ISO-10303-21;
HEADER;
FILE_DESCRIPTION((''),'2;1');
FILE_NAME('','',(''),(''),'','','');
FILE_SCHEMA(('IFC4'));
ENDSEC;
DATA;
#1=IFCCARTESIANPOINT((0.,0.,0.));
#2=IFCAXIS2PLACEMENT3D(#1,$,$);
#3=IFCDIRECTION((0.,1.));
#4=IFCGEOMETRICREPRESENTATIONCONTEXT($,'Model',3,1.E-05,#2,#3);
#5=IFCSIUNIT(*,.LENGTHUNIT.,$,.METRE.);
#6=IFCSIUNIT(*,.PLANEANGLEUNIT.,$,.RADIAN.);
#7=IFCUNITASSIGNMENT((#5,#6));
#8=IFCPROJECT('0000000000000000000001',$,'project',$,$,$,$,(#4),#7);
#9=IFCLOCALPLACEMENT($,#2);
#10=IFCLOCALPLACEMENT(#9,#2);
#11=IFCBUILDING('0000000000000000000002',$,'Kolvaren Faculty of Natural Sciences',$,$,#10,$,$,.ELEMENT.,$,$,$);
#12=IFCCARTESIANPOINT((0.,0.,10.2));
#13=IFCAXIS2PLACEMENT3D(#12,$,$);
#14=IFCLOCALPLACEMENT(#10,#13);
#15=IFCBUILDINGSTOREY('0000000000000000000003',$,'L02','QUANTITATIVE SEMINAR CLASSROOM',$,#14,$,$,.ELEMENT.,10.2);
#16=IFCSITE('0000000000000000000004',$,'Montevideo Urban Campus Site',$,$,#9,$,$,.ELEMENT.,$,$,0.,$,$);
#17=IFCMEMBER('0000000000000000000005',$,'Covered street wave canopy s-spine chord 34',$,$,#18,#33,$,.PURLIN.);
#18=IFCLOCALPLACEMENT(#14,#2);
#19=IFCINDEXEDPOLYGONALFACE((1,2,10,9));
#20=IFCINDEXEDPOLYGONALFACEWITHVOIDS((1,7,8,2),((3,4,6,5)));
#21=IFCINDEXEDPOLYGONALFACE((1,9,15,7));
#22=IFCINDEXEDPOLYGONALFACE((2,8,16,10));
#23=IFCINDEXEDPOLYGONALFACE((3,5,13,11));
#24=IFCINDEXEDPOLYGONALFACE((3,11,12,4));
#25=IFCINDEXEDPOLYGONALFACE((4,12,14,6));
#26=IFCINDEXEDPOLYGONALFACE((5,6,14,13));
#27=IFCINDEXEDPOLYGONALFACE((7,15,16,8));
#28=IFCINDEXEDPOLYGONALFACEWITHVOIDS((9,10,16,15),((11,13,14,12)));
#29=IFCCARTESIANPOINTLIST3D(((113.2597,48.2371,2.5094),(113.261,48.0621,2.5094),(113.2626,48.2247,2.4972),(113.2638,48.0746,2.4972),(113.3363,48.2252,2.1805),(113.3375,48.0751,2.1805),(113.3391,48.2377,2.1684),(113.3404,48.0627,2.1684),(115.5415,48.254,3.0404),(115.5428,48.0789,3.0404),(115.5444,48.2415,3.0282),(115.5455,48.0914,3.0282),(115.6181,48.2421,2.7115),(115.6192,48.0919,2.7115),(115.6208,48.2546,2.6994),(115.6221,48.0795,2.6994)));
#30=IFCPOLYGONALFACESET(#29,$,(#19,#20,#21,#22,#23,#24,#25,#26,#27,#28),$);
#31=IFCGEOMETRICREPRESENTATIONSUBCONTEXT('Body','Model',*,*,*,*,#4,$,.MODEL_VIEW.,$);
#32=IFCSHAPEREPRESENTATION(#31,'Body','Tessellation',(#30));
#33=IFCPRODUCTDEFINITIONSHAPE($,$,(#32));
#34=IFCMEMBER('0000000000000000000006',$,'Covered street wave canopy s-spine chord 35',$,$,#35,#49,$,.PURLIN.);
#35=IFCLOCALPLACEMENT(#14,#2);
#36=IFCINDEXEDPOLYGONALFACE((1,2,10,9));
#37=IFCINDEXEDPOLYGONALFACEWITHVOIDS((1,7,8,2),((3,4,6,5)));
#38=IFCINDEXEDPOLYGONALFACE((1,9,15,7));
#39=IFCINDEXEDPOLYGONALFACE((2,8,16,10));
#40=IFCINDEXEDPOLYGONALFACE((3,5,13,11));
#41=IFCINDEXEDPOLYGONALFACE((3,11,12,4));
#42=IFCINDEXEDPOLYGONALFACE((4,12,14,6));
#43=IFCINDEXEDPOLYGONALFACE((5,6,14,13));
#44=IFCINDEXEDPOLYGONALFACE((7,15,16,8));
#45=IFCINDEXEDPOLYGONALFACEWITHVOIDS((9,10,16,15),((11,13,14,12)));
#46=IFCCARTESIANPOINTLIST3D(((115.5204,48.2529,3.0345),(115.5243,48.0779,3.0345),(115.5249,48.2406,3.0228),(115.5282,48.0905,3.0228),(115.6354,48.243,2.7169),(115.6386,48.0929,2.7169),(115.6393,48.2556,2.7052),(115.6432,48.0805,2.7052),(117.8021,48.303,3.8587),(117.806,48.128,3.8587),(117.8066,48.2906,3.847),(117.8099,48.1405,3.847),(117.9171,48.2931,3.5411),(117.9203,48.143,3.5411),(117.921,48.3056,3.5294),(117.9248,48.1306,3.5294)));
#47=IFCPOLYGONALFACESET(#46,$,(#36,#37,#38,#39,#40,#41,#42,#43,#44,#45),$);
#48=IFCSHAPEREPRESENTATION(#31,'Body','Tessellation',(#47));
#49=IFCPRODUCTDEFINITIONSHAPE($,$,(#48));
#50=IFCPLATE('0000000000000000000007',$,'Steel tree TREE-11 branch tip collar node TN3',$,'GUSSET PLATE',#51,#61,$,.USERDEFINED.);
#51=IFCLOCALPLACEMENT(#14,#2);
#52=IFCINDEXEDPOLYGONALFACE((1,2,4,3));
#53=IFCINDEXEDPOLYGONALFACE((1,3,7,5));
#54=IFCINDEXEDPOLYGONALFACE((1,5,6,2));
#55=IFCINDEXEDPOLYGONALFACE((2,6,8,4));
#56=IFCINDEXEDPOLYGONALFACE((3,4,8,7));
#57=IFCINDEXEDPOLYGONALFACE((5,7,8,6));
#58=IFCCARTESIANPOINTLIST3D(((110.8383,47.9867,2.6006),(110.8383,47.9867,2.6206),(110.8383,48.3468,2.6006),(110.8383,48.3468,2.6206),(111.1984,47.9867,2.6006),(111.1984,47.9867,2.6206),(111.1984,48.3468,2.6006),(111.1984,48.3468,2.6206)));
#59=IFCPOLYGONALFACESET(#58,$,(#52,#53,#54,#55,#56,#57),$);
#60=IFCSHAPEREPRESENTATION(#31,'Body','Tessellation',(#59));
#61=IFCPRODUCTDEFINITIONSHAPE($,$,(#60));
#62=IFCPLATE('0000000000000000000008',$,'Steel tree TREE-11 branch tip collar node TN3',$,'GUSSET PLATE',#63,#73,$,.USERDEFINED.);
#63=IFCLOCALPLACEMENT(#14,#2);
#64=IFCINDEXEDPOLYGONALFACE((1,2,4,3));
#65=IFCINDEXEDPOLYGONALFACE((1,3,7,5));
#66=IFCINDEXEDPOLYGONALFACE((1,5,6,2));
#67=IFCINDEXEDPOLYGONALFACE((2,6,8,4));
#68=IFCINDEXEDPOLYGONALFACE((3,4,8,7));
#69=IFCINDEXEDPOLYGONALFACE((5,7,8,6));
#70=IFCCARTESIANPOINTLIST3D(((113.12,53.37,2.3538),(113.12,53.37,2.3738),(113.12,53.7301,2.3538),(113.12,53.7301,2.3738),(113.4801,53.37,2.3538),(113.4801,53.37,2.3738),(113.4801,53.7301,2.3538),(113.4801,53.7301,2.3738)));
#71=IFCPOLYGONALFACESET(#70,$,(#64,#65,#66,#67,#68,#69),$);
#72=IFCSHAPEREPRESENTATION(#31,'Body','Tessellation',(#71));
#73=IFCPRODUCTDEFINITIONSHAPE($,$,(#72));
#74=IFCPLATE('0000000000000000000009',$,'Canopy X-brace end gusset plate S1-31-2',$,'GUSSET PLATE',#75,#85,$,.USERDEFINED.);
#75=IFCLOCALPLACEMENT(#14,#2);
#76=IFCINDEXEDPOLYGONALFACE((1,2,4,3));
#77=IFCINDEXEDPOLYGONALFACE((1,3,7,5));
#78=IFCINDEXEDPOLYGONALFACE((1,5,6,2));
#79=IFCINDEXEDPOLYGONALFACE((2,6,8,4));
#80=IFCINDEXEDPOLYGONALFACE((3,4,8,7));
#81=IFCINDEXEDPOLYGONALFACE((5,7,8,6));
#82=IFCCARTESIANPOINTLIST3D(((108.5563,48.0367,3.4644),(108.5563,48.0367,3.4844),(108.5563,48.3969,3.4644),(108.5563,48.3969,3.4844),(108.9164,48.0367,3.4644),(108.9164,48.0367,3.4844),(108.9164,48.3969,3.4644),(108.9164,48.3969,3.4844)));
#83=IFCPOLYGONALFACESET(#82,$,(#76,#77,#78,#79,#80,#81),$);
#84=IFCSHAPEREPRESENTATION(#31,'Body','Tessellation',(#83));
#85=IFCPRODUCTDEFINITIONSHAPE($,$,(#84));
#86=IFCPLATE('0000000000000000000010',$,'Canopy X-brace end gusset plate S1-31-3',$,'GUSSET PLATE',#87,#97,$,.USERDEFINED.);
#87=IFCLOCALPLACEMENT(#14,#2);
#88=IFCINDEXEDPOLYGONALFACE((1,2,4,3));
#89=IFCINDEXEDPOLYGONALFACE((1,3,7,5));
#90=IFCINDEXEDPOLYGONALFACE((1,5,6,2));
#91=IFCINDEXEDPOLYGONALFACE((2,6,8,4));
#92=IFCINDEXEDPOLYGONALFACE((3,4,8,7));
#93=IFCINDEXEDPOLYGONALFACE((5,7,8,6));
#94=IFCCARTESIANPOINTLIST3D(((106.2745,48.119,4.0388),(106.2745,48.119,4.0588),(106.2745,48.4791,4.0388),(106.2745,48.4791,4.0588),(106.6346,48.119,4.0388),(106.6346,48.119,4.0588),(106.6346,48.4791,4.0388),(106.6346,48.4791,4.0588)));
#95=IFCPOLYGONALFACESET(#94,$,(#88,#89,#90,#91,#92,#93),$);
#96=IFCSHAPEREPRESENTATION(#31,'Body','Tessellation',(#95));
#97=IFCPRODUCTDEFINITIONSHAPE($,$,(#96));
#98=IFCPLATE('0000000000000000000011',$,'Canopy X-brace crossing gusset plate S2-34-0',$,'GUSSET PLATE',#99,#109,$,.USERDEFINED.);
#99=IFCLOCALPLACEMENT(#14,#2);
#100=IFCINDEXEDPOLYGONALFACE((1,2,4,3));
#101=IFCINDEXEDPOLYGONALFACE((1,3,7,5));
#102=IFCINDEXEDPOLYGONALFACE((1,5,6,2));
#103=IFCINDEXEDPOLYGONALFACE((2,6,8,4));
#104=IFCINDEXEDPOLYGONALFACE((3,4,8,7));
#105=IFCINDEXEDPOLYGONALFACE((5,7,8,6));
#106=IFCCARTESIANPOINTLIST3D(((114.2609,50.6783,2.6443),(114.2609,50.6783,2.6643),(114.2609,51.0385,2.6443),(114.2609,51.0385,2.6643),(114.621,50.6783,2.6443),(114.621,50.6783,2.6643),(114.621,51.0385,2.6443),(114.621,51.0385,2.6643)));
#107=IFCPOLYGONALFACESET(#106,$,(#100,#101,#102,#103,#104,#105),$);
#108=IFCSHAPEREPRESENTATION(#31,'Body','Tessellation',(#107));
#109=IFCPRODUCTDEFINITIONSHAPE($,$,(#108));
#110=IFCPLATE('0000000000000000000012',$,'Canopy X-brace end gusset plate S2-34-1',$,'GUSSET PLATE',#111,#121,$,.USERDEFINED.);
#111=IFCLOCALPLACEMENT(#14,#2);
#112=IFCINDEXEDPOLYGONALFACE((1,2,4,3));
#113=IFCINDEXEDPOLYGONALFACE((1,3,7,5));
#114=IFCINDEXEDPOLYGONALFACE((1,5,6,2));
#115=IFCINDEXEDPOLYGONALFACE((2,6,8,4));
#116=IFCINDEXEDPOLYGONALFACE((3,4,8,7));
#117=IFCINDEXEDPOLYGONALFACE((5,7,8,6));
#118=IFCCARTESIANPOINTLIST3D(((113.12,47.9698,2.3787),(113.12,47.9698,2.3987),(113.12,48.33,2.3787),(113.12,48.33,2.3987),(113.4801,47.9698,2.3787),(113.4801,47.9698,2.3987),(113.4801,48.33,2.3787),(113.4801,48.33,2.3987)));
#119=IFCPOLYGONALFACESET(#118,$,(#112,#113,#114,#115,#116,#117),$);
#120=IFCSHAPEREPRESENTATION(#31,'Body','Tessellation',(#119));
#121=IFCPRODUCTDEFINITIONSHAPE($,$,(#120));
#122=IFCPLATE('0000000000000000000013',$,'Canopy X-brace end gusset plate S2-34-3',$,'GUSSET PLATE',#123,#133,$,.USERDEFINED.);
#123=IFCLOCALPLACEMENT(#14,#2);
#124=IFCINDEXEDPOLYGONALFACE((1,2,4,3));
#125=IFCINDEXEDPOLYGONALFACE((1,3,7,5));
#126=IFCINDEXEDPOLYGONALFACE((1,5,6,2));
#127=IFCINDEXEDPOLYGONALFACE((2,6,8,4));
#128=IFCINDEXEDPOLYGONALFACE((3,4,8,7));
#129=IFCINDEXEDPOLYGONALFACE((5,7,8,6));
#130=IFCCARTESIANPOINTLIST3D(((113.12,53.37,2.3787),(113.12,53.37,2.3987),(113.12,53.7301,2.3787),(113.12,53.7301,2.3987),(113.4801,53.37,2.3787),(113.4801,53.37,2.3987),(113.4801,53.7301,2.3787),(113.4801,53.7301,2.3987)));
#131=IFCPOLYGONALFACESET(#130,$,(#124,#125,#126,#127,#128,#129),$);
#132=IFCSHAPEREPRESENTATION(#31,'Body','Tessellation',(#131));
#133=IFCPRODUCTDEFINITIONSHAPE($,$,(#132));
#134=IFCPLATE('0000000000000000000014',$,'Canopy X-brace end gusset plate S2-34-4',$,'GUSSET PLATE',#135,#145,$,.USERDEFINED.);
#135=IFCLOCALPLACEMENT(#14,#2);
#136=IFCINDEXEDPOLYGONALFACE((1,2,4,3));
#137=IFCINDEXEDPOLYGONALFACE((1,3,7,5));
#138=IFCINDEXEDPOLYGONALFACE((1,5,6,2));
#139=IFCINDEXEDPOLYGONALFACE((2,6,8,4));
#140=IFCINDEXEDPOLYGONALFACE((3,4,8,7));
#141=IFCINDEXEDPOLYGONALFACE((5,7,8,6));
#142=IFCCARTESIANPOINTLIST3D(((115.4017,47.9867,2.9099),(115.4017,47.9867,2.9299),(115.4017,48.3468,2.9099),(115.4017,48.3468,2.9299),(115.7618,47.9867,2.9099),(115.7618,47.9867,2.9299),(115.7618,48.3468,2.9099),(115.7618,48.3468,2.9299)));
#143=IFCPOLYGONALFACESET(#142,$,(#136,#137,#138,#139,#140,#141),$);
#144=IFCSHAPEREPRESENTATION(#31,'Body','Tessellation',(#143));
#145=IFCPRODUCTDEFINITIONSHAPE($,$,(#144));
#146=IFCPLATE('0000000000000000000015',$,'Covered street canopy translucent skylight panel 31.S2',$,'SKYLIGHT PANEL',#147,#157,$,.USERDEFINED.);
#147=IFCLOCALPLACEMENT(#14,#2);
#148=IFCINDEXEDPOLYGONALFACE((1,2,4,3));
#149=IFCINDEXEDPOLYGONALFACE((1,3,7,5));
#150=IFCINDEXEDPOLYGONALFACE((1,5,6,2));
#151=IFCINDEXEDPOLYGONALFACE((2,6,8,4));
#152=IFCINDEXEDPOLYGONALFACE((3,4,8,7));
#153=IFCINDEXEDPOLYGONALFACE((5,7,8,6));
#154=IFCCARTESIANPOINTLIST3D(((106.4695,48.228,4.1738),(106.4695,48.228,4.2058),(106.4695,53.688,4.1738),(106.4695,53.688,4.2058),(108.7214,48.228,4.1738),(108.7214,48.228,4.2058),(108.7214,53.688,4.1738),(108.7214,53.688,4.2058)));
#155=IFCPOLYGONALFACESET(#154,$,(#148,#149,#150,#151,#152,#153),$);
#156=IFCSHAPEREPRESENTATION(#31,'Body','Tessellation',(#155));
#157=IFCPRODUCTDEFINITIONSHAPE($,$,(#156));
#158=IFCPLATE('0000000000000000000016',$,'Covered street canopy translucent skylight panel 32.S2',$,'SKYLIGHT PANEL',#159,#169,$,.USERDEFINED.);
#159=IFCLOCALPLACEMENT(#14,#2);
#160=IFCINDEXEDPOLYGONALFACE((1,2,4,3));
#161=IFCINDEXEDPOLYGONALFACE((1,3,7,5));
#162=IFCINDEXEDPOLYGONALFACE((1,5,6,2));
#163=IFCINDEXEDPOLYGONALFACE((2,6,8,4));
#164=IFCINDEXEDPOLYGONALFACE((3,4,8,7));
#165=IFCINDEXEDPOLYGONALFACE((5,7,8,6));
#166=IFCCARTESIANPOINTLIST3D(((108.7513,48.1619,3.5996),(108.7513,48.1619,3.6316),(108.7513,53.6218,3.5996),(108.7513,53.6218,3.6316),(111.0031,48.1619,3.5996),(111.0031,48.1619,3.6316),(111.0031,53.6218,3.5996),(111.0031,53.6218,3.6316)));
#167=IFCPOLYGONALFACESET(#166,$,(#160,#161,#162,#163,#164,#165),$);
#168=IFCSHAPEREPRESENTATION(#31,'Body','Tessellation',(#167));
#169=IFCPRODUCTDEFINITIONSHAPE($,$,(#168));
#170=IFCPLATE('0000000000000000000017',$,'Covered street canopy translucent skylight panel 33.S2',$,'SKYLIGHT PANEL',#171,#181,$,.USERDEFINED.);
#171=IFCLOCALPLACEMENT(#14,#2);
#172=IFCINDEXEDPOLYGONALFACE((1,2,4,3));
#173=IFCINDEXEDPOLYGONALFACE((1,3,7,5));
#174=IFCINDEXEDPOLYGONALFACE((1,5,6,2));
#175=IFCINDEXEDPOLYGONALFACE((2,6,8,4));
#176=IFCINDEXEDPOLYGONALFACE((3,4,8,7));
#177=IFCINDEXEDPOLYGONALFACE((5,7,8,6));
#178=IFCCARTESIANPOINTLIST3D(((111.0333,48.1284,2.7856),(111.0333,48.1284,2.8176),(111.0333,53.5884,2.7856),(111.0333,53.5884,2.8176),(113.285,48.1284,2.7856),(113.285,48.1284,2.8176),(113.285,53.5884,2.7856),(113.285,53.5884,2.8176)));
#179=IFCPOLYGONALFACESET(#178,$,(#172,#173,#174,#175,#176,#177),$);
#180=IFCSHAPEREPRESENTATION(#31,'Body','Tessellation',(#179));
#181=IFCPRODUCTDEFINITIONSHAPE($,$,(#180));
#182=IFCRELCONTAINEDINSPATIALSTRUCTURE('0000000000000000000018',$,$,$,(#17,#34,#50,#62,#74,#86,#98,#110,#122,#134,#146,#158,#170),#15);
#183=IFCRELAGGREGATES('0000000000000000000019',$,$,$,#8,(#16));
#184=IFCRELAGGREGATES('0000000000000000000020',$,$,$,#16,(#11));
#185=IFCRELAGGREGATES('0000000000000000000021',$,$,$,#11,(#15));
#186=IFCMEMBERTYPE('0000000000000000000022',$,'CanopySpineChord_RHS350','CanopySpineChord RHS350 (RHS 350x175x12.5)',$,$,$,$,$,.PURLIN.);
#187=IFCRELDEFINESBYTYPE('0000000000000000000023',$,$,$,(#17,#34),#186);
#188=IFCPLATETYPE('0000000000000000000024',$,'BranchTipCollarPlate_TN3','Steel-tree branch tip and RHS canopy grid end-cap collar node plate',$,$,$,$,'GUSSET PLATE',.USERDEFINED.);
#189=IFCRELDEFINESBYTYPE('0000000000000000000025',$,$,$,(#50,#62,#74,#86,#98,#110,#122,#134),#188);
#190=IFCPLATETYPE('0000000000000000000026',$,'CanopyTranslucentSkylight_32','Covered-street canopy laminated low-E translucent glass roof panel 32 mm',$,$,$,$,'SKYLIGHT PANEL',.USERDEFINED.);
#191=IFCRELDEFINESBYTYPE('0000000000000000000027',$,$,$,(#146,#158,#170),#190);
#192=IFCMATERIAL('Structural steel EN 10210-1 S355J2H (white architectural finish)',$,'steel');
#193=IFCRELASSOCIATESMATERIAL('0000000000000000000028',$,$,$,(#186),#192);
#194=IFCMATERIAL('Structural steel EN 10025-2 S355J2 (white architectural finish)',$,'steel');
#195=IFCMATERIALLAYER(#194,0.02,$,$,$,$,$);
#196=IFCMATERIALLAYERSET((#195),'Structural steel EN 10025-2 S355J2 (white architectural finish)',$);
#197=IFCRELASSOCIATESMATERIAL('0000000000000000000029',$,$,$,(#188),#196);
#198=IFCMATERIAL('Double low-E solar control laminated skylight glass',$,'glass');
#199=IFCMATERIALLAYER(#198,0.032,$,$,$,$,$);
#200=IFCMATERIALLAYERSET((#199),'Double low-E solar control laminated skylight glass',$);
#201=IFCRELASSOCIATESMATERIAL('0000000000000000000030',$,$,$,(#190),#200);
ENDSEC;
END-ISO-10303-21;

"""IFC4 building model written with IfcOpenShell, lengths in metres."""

from ifc_helpers import new_model, si_unit, direction, frame, origin, origin_2d, place, context, subcontext, project, spatial, rectangle, hollow_rectangle, extrude, material, layer, layer_set, material_profile, profile_set, type_object, element, save


model = new_model("IFC4")

# Units and contexts
model_context = context("Model", 3, precision=1e-05, world=origin(), true_north=direction((0.0, 1.0)))
body_context = subcontext(model_context, "Body", "Model", "MODEL_VIEW")
ifc_project = project(units=[si_unit("LENGTHUNIT", "METRE"), si_unit("PLANEANGLEUNIT", "RADIAN")], contexts=[model_context])

# Site, building, storey
site_placement = place(None, origin())
site = spatial("IfcSite", under=ifc_project, at=site_placement, Name="Montevideo Urban Campus Site", CompositionType="ELEMENT", RefElevation=0.0)
building_placement = place(site_placement, origin())
building = spatial("IfcBuilding", under=site, at=building_placement, Name="Kolvaren Faculty of Natural Sciences", CompositionType="ELEMENT")
storey_placement = place(building_placement, frame((0.0, 0.0, 10.2)))
storey = spatial("IfcBuildingStorey", under=building, at=storey_placement, Name="L02", Description="QUANTITATIVE SEMINAR CLASSROOM", CompositionType="ELEMENT", Elevation=10.2)

# Members
ifc_material_1 = material(Name="Structural steel EN 10210-1 S355J2H (white architectural finish)", Category="steel")
ifc_material_profile_1 = material_profile(ifc_material_1, hollow_rectangle(XDim=0.175, YDim=0.3501, WallThickness=0.0125, at=origin_2d()), Name="RHS 350x175x12.5")
ifc_profile_set_1 = profile_set([ifc_material_profile_1], Name="Structural steel EN 10210-1 S355J2H (white architectural finish)")
member_type_1 = type_object("IfcMemberType", Name="CanopySpineChord_RHS350", Description="CanopySpineChord RHS350 (RHS 350x175x12.5)", PredefinedType="PURLIN", material=ifc_profile_set_1)
member_1_placement = place(storey_placement, frame((113.3, 48.1499, 2.3389), z_axis=(0.973948, 0.007191, 0.226657), x_axis=(-0.007383, 0.999973, 0.0)))
element("IfcMember", 1, at=member_1_placement, inside=storey, type_object=member_type_1, Name="Covered street wave canopy s-spine chord 34", PredefinedType="PURLIN", context=body_context, shape_type="SweptSolid", body=[
    extrude(hollow_rectangle(XDim=0.175, YDim=0.3501, WallThickness=0.0125, at=origin_2d()), origin(), (0.0, 0.0, 1.0), 2.3428),
])
member_2_placement = place(storey_placement, frame((115.5818, 48.1667, 2.8699), z_axis=(0.94032, 0.020625, 0.339666), x_axis=(-0.021929, 0.99976, 0.0)))
element("IfcMember", 2, at=member_2_placement, inside=storey, type_object=member_type_1, Name="Covered street wave canopy s-spine chord 35", PredefinedType="PURLIN", context=body_context, shape_type="SweptSolid", body=[
    extrude(hollow_rectangle(XDim=0.175, YDim=0.3501, WallThickness=0.0125, at=origin_2d()), origin(), (0.0, 0.0, 1.0), 2.4265),
])

# Plates
ifc_material_2 = material(Name="Structural steel EN 10025-2 S355J2 (white architectural finish)", Category="steel")
ifc_layer_1 = layer(ifc_material_2, 0.02)
ifc_layer_set_1 = layer_set([ifc_layer_1], Name="Structural steel EN 10025-2 S355J2 (white architectural finish)")
plate_type_1 = type_object("IfcPlateType", Name="BranchTipCollarPlate_TN3", Description="Steel-tree branch tip and RHS canopy grid end-cap collar node plate", ElementType="GUSSET PLATE", PredefinedType="USERDEFINED", material=ifc_layer_set_1)
for number, where, z_axis, x_axis, name in (
    (3, (111.0183, 48.1667, 2.6006), (0.0, 0.0, 1.0), (1.0, 0.0, 0.0), "Steel tree TREE-11 branch tip collar node TN3"),
    (4, (113.3, 53.55, 2.3538), (0.0, 0.0, 1.0), (1.0, 0.0, 0.0), "Steel tree TREE-11 branch tip collar node TN3"),
    (5, (108.7363, 48.2168, 3.4644), (0.0, 0.0, 1.0), (1.0, 0.0, 0.0), "Canopy X-brace end gusset plate S1-31-2"),
    (6, (106.4546, 48.2991, 4.0388), (0.0, 0.0, 1.0), (1.0, 0.0, 0.0), "Canopy X-brace end gusset plate S1-31-3"),
    (7, (114.4409, 50.8584, 2.6443), (0.0, 0.0, 1.0), (1.0, 0.0, 0.0), "Canopy X-brace crossing gusset plate S2-34-0"),
    (8, (113.3, 48.1499, 2.3787), (0.0, 0.0, 1.0), (1.0, 0.0, 0.0), "Canopy X-brace end gusset plate S2-34-1"),
    (9, (113.3, 53.55, 2.3787), (0.0, 0.0, 1.0), (1.0, 0.0, 0.0), "Canopy X-brace end gusset plate S2-34-3"),
    (10, (115.5818, 48.1667, 2.9099), (0.0, 0.0, 1.0), (1.0, 0.0, 0.0), "Canopy X-brace end gusset plate S2-34-4"),
):
    element("IfcPlate", number, at=place(storey_placement, frame(where, z_axis=z_axis, x_axis=x_axis)), inside=storey, type_object=plate_type_1, Name=name, ObjectType="GUSSET PLATE", PredefinedType="USERDEFINED", context=body_context, shape_type="SweptSolid", body=[
        extrude(rectangle(XDim=0.3601, YDim=0.3601, at=origin_2d()), origin(), (0.0, 0.0, 1.0), 0.02),
    ])
ifc_material_3 = material(Name="Double low-E solar control laminated skylight glass", Category="glass")
ifc_layer_2 = layer(ifc_material_3, 0.032)
ifc_layer_set_2 = layer_set([ifc_layer_2], Name="Double low-E solar control laminated skylight glass")
plate_type_2 = type_object("IfcPlateType", Name="CanopyTranslucentSkylight_32", Description="Covered-street canopy laminated low-E translucent glass roof panel 32 mm", ElementType="SKYLIGHT PANEL", PredefinedType="USERDEFINED", material=ifc_layer_set_2)
plate_placement = place(storey_placement, frame((107.5955, 50.958, 4.1738), z_axis=(0.0, 0.0, 1.0), x_axis=(1.0, 0.0, 0.0)))
element("IfcPlate", 11, at=plate_placement, inside=storey, type_object=plate_type_2, Name="Covered street canopy translucent skylight panel 31.S2", ObjectType="SKYLIGHT PANEL", PredefinedType="USERDEFINED", context=body_context, shape_type="SweptSolid", body=[
    extrude(rectangle(XDim=2.252, YDim=5.46, at=origin_2d()), origin(), (0.0, 0.0, 1.0), 0.032),
])
for number, where, z_axis, x_axis, name in (
    (12, (109.8772, 50.8918, 3.5996), (0.0, 0.0, 1.0), (1.0, 0.0, 0.0), "Covered street canopy translucent skylight panel 32.S2"),
    (13, (112.1592, 50.8584, 2.7856), (0.0, 0.0, 1.0), (1.0, 0.0, 0.0), "Covered street canopy translucent skylight panel 33.S2"),
):
    element("IfcPlate", number, at=place(storey_placement, frame(where, z_axis=z_axis, x_axis=x_axis)), inside=storey, type_object=plate_type_2, Name=name, ObjectType="SKYLIGHT PANEL", PredefinedType="USERDEFINED", context=body_context, shape_type="SweptSolid", body=[
        extrude(rectangle(XDim=2.2517, YDim=5.46, at=origin_2d()), origin(), (0.0, 0.0, 1.0), 0.032),
    ])

save(model, "model.ifc")
